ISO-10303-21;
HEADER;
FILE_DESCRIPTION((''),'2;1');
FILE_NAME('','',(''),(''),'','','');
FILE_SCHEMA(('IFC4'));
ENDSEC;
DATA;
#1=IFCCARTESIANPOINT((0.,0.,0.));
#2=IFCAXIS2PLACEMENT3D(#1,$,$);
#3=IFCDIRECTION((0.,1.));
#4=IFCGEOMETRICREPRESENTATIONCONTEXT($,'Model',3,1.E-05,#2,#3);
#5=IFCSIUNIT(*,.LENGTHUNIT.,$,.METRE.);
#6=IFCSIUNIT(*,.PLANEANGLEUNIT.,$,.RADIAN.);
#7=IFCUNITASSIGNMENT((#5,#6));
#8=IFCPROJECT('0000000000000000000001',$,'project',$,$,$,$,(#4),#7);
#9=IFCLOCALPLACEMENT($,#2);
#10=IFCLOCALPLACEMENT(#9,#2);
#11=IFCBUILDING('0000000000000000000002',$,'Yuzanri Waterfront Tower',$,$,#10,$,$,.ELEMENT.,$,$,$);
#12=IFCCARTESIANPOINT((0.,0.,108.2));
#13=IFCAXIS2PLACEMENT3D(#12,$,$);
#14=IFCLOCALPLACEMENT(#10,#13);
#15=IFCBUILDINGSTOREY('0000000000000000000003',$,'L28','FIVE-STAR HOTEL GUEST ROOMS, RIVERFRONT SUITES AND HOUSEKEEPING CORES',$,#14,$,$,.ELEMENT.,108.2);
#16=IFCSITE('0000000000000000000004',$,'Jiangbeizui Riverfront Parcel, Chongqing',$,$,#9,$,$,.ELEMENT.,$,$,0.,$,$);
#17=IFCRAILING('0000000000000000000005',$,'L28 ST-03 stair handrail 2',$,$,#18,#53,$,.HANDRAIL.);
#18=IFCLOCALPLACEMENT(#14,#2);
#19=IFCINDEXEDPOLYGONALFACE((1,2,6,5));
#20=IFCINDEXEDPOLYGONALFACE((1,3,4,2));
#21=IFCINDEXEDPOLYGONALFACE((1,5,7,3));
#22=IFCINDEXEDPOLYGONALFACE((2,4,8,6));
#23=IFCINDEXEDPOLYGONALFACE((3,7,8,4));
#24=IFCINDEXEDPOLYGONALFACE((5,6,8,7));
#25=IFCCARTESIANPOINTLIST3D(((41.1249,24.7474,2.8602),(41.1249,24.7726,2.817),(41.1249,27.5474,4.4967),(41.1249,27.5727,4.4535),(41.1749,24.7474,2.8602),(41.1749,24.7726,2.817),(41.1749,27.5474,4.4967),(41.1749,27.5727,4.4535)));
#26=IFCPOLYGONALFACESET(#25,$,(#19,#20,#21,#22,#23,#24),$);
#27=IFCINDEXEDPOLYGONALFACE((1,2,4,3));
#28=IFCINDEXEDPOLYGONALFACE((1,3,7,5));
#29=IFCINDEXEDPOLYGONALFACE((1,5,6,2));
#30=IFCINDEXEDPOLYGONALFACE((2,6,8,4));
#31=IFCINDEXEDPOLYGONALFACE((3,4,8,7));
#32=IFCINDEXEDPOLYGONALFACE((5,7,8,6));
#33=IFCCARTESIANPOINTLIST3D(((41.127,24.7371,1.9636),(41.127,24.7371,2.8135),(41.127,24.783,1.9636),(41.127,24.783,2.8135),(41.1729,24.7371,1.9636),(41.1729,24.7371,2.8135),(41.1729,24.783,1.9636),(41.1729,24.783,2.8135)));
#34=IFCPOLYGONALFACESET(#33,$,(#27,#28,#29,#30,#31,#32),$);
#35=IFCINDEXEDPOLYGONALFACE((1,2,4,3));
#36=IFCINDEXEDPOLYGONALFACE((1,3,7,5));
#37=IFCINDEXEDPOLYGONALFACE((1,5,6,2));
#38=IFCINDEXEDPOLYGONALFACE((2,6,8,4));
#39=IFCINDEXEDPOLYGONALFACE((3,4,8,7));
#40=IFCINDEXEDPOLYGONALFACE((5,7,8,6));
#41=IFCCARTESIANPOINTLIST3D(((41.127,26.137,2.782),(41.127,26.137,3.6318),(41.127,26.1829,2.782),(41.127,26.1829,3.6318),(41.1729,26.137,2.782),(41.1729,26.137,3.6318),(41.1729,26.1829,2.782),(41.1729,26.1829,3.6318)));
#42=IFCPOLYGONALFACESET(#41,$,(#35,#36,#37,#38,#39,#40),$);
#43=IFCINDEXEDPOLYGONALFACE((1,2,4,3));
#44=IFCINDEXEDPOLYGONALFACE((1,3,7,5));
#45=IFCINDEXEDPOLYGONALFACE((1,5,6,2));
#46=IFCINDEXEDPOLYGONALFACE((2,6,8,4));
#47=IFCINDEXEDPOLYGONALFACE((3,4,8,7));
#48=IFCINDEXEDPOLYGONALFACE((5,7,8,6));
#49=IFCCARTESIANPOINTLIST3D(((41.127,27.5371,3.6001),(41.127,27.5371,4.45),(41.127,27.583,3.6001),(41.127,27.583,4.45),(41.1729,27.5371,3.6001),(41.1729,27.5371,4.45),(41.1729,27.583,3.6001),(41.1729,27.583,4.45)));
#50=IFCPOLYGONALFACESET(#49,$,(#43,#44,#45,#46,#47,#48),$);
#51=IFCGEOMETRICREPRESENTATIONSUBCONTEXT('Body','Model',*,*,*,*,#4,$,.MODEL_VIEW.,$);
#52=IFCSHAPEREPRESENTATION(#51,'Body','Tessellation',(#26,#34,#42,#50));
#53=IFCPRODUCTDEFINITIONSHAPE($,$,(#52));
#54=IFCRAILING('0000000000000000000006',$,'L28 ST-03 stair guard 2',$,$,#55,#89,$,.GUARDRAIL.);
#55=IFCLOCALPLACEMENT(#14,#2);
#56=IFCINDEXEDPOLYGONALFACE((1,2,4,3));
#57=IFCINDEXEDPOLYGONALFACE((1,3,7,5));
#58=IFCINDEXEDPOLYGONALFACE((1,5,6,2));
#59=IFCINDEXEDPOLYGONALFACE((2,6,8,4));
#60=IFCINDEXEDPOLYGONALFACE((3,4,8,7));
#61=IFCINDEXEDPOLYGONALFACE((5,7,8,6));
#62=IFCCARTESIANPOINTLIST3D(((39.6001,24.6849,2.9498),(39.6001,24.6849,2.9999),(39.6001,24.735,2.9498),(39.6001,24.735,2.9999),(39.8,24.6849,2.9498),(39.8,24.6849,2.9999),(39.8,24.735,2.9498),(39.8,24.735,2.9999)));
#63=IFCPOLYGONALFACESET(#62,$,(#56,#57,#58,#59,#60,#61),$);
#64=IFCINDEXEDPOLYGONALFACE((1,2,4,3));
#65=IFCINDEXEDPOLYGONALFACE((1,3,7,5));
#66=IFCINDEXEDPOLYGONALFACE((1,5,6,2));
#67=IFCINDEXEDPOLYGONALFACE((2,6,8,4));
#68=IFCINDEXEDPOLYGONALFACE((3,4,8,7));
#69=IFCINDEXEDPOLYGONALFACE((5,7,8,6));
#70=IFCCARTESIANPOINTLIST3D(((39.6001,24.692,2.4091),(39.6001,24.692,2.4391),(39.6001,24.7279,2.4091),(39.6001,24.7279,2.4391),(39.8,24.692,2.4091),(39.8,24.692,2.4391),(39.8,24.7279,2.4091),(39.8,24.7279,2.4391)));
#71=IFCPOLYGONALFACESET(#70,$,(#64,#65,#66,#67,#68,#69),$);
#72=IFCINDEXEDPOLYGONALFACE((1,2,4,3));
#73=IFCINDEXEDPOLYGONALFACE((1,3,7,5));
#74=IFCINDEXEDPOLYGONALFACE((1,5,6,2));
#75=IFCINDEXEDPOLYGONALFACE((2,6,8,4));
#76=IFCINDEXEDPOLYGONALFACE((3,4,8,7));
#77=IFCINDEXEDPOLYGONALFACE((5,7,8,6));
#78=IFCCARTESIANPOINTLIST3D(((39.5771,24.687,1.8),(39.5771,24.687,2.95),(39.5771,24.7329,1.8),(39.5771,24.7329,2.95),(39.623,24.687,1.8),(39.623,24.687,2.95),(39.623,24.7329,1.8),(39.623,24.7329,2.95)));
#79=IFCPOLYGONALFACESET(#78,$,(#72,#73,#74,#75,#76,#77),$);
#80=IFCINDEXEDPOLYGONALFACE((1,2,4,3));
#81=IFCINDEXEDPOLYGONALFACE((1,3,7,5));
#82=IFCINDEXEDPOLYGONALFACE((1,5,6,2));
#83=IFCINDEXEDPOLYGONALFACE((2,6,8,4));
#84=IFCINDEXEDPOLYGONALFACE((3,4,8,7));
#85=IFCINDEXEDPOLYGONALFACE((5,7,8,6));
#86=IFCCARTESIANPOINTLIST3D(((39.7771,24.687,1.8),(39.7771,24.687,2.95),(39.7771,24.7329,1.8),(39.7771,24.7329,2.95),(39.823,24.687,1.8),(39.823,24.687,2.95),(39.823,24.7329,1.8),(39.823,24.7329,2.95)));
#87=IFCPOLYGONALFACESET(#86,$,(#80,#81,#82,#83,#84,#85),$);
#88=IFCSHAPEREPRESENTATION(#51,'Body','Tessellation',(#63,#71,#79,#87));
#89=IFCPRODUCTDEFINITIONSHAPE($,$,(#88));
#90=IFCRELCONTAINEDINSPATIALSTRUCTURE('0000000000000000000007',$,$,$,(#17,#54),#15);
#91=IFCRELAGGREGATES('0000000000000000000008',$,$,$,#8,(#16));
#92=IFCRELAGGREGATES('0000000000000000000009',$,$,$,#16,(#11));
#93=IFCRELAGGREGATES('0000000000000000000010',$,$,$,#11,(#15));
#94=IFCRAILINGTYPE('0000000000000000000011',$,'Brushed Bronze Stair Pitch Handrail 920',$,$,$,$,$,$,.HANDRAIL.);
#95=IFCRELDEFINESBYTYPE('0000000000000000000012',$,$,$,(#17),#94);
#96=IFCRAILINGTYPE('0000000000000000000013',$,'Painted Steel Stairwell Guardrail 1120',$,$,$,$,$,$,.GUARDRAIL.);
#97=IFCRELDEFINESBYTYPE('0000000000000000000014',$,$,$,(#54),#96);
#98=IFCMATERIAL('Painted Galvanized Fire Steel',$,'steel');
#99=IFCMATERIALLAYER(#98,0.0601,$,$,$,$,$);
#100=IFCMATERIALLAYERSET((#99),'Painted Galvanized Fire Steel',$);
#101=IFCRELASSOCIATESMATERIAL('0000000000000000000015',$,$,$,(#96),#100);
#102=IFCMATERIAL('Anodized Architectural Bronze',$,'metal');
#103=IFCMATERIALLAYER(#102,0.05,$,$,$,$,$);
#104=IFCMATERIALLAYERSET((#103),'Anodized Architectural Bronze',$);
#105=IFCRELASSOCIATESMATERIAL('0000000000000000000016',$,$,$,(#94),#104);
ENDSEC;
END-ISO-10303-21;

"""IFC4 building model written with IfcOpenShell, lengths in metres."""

from ifc_helpers import new_model, si_unit, direction, frame, origin, origin_2d, place, context, subcontext, project, spatial, rectangle, extrude, source, transform, mapped, material, layer, layer_set, type_object, element, save


model = new_model("IFC4")

# Units and contexts
model_context = context("Model", 3, precision=1e-05, world=origin(), true_north=direction((0.0, 1.0)))
body_context = subcontext(model_context, "Body", "Model", "MODEL_VIEW")
ifc_project = project(units=[si_unit("LENGTHUNIT", "METRE"), si_unit("PLANEANGLEUNIT", "RADIAN")], contexts=[model_context])

# Site, building, storey
site_placement = place(None, origin())
site = spatial("IfcSite", under=ifc_project, at=site_placement, Name="Jiangbeizui Riverfront Parcel, Chongqing", CompositionType="ELEMENT", RefElevation=0.0)
building_placement = place(site_placement, origin())
building = spatial("IfcBuilding", under=site, at=building_placement, Name="Yuzanri Waterfront Tower", CompositionType="ELEMENT")
storey_placement = place(building_placement, frame((0.0, 0.0, 108.2)))
storey = spatial("IfcBuildingStorey", under=building, at=storey_placement, Name="L28", Description="FIVE-STAR HOTEL GUEST ROOMS, RIVERFRONT SUITES AND HOUSEKEEPING CORES", CompositionType="ELEMENT", Elevation=108.2)

# Railings
ifc_material_1 = material(Name="Painted Galvanized Fire Steel", Category="steel")
ifc_layer_1 = layer(ifc_material_1, 0.0601)
ifc_layer_set_1 = layer_set([ifc_layer_1], Name="Painted Galvanized Fire Steel")
railing_type_1 = type_object("IfcRailingType", Name="Painted Steel Stairwell Guardrail 1120", PredefinedType="GUARDRAIL", material=ifc_layer_set_1)
ifc_material_2 = material(Name="Anodized Architectural Bronze", Category="metal")
ifc_layer_2 = layer(ifc_material_2, 0.05)
ifc_layer_set_2 = layer_set([ifc_layer_2], Name="Anodized Architectural Bronze")
railing_type_2 = type_object("IfcRailingType", Name="Brushed Bronze Stair Pitch Handrail 920", PredefinedType="HANDRAIL", material=ifc_layer_set_2)
shared_shape_1 = source(origin(), body_context, "Body", "SweptSolid", [
    extrude(rectangle(XDim=0.05, YDim=0.05, at=origin_2d()), frame((0.0, 0.0, 0.875), z_axis=(0.0, 0.863361, 0.504587), x_axis=(-1.0, 0.0, 0.0)), (0.0, 0.0, 1.0), 3.2432),
    extrude(rectangle(XDim=0.0459, YDim=0.0459, at=origin_2d()), origin(), (0.0, 0.0, 1.0), 0.8499),
    extrude(rectangle(XDim=0.0459, YDim=0.0459, at=origin_2d()), frame((0.0, 1.3999, 0.8184)), (0.0, 0.0, 1.0), 0.8499),
    extrude(rectangle(XDim=0.0459, YDim=0.0459, at=origin_2d()), frame((0.0, 2.8, 1.6365)), (0.0, 0.0, 1.0), 0.8499),
])
railing_1_placement = place(storey_placement, frame((41.1499, 24.76, 1.9636)))
element("IfcRailing", 1, at=railing_1_placement, inside=storey, type_object=railing_type_2, Name="L28 ST-03 stair handrail 2", PredefinedType="HANDRAIL", context=body_context, shape_type="MappedRepresentation", body=[
    mapped(shared_shape_1, transform((0.0, 0.0, 0.0), scale=1.0)),
])
shared_shape_2 = source(origin(), body_context, "Body", "SweptSolid", [
    extrude(rectangle(XDim=0.05, YDim=0.05, at=origin_2d()), frame((0.0, 0.0, 1.1748), z_axis=(1.0, 0.0, 0.0), x_axis=(0.0, 1.0, 0.0)), (0.0, 0.0, 1.0), 0.2),
    extrude(rectangle(XDim=0.0359, YDim=0.03, at=origin_2d()), frame((0.0, 0.0, 0.624), z_axis=(1.0, 0.0, 0.0), x_axis=(0.0, 1.0, 0.0)), (0.0, 0.0, 1.0), 0.2),
    extrude(rectangle(XDim=0.0459, YDim=0.0459, at=origin_2d()), origin(), (0.0, 0.0, 1.0), 1.1499),
    extrude(rectangle(XDim=0.0459, YDim=0.0459, at=origin_2d()), frame((0.2, 0.0, 0.0)), (0.0, 0.0, 1.0), 1.1499),
])
railing_2_placement = place(storey_placement, frame((39.6001, 24.71, 1.8)))
element("IfcRailing", 2, at=railing_2_placement, inside=storey, type_object=railing_type_1, Name="L28 ST-03 stair guard 2", PredefinedType="GUARDRAIL", context=body_context, shape_type="MappedRepresentation", body=[
    mapped(shared_shape_2, transform((0.0, 0.0, 0.0), scale=1.0)),
])

save(model, "model.ifc")
